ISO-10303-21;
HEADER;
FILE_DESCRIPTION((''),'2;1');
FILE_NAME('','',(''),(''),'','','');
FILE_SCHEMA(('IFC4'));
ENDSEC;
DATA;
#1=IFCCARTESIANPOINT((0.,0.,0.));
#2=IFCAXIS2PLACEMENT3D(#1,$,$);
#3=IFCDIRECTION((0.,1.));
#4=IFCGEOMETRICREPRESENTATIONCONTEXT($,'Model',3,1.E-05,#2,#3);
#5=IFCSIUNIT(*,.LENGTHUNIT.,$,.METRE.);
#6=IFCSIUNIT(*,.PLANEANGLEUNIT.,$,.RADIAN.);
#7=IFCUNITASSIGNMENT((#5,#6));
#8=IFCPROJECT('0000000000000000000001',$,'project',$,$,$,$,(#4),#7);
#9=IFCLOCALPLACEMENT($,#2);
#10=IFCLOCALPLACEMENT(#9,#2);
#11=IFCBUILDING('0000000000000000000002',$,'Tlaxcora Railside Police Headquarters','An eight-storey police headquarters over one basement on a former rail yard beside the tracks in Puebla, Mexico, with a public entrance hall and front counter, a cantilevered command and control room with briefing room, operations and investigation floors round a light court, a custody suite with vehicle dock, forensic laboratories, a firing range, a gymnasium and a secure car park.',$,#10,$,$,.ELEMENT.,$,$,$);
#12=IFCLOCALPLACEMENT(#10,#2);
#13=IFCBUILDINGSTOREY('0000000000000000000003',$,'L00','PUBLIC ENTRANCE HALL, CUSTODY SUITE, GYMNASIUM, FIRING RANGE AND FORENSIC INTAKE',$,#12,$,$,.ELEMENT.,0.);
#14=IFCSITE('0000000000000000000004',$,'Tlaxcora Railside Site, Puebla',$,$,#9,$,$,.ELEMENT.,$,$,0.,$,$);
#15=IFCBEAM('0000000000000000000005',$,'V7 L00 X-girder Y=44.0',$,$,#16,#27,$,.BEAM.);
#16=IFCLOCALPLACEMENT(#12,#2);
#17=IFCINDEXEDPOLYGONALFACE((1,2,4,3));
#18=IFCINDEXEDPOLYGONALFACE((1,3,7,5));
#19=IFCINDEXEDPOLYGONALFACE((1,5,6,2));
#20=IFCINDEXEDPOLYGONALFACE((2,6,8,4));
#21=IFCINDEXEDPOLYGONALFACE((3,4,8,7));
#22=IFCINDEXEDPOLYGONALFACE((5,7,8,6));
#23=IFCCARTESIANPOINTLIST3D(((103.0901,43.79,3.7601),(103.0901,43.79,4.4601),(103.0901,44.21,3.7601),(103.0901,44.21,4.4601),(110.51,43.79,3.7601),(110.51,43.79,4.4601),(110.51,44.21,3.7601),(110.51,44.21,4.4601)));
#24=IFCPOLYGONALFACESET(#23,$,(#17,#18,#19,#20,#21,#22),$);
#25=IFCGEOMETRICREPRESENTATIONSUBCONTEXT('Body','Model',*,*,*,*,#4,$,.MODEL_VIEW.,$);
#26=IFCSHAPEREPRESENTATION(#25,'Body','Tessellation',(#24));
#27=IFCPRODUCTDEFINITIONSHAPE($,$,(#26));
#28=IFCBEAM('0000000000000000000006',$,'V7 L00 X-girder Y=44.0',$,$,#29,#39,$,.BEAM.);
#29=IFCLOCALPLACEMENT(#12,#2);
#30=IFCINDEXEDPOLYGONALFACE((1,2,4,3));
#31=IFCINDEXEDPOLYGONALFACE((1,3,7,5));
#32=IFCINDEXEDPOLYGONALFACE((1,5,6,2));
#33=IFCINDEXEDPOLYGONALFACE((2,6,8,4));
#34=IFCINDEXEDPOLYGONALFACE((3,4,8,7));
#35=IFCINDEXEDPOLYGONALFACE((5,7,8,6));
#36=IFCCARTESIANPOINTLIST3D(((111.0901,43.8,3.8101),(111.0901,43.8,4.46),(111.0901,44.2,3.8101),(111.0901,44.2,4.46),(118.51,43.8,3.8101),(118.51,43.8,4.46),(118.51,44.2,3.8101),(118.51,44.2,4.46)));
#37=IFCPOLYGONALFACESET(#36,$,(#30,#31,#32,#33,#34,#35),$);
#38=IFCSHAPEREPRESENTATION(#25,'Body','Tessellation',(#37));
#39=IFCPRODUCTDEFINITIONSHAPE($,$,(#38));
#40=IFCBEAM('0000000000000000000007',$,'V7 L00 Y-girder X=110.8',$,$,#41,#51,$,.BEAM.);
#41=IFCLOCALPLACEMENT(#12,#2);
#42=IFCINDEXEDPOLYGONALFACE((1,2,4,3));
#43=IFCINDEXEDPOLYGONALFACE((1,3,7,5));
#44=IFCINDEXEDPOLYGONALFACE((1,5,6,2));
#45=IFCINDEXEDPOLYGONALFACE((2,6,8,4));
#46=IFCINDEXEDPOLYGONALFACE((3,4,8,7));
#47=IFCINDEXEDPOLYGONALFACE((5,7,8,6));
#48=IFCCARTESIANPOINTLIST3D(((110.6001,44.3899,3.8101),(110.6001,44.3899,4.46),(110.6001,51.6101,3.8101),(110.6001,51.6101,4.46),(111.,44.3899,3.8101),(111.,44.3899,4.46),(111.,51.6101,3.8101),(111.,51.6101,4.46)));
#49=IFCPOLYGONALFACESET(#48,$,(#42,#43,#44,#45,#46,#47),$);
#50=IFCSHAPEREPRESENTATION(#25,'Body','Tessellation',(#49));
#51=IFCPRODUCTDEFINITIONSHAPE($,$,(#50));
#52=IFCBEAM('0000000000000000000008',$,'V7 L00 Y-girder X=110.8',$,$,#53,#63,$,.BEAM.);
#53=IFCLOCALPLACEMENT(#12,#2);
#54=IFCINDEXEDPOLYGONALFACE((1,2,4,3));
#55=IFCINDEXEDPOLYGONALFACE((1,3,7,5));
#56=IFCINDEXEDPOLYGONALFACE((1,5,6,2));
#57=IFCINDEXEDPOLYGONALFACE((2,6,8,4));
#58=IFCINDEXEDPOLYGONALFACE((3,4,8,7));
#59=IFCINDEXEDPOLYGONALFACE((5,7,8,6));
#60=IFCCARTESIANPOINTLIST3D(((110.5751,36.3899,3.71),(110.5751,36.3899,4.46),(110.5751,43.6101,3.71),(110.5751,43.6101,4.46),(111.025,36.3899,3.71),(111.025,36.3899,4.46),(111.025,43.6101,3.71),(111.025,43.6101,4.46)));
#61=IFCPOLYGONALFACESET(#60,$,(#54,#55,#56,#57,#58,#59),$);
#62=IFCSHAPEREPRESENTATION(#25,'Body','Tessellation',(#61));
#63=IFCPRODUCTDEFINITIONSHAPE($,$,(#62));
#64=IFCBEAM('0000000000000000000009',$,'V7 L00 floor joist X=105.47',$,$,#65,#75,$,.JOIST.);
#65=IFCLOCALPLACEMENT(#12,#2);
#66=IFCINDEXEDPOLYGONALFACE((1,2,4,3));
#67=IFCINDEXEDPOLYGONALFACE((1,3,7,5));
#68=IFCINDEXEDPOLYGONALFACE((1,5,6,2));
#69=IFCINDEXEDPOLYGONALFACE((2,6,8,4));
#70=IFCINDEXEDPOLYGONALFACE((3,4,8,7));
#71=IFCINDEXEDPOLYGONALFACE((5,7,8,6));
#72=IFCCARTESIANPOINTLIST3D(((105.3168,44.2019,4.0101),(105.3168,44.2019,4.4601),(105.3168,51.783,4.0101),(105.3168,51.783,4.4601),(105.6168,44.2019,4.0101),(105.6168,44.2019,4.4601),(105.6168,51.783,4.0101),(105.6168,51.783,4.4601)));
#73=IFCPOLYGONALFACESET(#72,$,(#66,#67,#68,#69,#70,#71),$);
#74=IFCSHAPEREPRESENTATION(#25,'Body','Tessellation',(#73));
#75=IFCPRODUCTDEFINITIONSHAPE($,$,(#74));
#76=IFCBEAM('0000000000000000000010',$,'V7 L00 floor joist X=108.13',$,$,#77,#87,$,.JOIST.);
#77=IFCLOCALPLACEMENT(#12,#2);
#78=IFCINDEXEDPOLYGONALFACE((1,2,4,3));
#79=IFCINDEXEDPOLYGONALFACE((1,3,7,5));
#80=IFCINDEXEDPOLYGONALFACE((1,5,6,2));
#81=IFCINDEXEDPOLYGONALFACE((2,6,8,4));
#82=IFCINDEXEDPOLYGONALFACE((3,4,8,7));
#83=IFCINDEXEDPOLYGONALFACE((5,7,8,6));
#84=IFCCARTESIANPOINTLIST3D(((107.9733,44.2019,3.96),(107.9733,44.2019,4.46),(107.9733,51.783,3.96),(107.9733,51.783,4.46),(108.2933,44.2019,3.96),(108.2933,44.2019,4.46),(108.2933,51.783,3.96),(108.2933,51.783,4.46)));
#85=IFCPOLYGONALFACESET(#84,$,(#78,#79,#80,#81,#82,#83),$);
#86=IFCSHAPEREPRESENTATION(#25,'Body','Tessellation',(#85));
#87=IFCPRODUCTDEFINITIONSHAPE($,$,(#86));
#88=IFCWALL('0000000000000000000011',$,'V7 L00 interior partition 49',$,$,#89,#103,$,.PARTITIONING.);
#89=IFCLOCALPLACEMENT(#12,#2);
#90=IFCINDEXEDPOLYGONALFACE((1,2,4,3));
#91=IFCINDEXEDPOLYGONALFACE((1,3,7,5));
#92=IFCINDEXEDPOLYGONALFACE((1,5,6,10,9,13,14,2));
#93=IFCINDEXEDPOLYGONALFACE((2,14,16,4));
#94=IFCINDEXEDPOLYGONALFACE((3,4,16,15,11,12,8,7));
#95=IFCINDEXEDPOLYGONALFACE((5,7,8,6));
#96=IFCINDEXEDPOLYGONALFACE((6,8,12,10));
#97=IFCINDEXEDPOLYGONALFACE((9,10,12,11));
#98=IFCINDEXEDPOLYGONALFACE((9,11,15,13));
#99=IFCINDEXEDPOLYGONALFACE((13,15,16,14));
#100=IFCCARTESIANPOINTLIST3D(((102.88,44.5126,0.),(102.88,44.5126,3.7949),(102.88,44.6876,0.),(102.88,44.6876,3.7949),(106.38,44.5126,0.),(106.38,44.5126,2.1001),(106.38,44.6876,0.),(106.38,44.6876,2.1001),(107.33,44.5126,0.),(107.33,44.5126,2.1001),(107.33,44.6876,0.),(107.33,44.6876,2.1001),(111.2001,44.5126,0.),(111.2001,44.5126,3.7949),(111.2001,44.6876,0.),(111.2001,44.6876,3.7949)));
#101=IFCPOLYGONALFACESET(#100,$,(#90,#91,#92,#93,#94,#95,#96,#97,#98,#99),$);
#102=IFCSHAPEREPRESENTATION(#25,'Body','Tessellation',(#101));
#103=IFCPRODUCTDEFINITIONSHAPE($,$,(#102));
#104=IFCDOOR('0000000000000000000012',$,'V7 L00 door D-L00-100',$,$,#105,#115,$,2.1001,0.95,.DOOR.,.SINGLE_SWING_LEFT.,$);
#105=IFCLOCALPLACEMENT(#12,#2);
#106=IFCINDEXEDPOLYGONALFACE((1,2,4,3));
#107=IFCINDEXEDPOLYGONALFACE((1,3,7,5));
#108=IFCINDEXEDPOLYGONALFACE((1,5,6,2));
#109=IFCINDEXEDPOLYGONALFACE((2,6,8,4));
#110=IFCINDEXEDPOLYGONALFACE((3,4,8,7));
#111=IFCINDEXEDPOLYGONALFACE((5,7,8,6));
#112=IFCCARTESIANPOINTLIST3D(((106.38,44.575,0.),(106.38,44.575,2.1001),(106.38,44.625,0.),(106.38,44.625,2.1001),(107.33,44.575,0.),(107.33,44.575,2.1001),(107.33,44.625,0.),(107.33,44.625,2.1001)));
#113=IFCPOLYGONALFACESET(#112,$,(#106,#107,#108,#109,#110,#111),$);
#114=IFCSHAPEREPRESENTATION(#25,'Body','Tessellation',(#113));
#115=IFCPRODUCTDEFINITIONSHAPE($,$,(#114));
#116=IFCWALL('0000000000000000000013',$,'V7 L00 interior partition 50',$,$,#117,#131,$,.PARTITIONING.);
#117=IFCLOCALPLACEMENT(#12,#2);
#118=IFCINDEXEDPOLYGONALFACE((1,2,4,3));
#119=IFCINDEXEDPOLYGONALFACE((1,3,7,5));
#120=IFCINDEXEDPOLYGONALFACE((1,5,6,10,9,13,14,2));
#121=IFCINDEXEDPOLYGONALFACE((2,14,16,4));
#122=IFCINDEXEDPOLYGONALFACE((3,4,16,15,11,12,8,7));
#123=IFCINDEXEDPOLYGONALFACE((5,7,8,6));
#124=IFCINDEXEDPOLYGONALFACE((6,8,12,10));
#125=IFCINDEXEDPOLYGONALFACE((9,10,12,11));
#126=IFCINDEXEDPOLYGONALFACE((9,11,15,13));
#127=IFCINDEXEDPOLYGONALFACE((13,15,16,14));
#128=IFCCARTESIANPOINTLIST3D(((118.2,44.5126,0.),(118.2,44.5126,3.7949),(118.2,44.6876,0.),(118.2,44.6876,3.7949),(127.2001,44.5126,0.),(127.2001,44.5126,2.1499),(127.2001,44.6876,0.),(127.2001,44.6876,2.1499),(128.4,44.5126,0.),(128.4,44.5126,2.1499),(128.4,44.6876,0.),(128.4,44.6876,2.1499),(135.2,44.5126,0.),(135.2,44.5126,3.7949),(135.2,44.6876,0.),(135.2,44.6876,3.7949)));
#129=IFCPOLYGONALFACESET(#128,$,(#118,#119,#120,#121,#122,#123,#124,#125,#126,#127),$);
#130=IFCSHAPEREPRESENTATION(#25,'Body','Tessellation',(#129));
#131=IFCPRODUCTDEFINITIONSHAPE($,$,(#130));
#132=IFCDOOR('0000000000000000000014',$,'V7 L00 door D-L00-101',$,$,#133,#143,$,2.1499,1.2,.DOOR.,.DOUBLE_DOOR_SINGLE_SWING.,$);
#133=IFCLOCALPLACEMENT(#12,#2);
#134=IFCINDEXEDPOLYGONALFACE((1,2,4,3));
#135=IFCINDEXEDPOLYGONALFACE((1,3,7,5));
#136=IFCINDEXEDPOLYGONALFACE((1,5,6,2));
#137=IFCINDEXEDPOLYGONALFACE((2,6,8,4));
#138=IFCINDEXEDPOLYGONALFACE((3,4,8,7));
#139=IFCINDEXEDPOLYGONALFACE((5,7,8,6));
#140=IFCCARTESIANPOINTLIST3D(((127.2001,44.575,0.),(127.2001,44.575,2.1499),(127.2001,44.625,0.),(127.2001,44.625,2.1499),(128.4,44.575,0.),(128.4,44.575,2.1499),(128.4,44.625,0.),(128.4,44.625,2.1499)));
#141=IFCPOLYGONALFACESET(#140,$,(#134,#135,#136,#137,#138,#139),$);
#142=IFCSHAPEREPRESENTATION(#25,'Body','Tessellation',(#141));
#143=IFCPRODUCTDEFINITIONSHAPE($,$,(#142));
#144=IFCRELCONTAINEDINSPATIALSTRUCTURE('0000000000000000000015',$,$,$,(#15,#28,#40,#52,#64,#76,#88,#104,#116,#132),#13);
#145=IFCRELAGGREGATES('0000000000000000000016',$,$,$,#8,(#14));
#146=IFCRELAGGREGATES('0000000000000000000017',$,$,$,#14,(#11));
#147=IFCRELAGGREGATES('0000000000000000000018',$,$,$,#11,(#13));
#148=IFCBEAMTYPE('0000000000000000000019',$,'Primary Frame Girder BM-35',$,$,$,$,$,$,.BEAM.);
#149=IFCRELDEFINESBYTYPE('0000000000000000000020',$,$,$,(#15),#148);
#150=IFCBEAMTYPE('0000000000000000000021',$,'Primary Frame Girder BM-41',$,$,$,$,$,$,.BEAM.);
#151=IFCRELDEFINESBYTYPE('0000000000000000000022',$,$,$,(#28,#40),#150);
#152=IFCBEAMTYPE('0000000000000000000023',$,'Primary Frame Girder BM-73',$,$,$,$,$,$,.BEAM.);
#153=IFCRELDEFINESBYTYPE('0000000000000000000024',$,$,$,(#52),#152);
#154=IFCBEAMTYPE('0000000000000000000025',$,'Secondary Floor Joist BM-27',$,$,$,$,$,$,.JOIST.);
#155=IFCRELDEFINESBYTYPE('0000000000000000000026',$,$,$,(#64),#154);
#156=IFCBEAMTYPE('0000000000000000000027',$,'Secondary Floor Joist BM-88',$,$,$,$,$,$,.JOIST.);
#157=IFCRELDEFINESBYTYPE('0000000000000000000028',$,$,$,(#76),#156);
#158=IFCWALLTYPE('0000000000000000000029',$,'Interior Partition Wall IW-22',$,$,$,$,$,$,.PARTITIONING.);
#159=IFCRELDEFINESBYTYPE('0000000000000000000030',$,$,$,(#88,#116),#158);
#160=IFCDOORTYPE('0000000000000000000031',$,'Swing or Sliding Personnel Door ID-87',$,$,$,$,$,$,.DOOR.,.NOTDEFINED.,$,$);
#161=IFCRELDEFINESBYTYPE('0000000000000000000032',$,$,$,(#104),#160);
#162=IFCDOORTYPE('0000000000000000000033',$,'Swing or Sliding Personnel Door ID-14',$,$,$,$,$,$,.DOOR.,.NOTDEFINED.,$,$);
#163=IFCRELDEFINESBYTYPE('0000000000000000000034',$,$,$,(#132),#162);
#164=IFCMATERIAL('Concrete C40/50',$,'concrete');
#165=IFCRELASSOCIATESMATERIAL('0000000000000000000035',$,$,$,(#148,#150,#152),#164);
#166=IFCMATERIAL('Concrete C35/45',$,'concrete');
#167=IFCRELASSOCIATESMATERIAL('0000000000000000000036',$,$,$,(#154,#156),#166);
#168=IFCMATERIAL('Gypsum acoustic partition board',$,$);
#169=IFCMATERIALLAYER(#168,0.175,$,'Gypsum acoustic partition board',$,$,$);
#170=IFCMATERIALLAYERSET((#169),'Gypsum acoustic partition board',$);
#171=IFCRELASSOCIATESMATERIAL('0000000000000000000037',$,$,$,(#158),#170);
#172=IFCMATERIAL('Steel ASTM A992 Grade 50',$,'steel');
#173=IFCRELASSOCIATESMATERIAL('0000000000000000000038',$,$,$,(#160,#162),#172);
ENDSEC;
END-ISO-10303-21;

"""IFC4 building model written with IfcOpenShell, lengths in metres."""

from ifc_helpers import new_model, si_unit, direction, frame, frame_2d, origin, origin_2d, place, context, subcontext, project, spatial, rectangle, extrude, material, layer, layer_set, material_profile, profile_set, type_object, element, fill, save


model = new_model("IFC4")

# Units and contexts
model_context = context("Model", 3, precision=1e-05, world=origin(), true_north=direction((0.0, 1.0)))
body_context = subcontext(model_context, "Body", "Model", "MODEL_VIEW")
ifc_project = project(units=[si_unit("LENGTHUNIT", "METRE"), si_unit("PLANEANGLEUNIT", "RADIAN")], contexts=[model_context])

# Site, building, storey
site_placement = place(None, origin())
site = spatial("IfcSite", under=ifc_project, at=site_placement, Name="Tlaxcora Railside Site, Puebla", CompositionType="ELEMENT", RefElevation=0.0)
building_placement = place(site_placement, origin())
building = spatial("IfcBuilding", under=site, at=building_placement, Name="Tlaxcora Railside Police Headquarters", Description="An eight-storey police headquarters over one basement on a former rail yard beside the tracks in Puebla, Mexico, with a public entrance hall and front counter, a cantilevered command and control room with briefing room, operations and investigation floors round a light court, a custody suite with vehicle dock, forensic laboratories, a firing range, a gymnasium and a secure car park.", CompositionType="ELEMENT")
storey_placement = place(building_placement, origin())
storey = spatial("IfcBuildingStorey", under=building, at=storey_placement, Name="L00", Description="PUBLIC ENTRANCE HALL, CUSTODY SUITE, GYMNASIUM, FIRING RANGE AND FORENSIC INTAKE", CompositionType="ELEMENT", Elevation=0.0)

# Shared definitions
ifc_material_1 = material(Name="Concrete C35/45", Category="concrete")

# Shared definitions
ifc_material_2 = material(Name="Concrete C40/50", Category="concrete")

# Beams
ifc_material_profile_1 = material_profile(ifc_material_2, rectangle(XDim=0.4199, YDim=0.7, at=origin_2d()), Name="RC420X700")
ifc_profile_set_1 = profile_set([ifc_material_profile_1], Name="Concrete C40/50")
beam_type_1 = type_object("IfcBeamType", Name="Primary Frame Girder BM-35", PredefinedType="BEAM", material=ifc_profile_set_1)
beam_1_placement = place(storey_placement, frame((103.0901, 44.0, 4.1101), z_axis=(1.0, 0.0, 0.0), x_axis=(0.0, 1.0, 0.0)))
element("IfcBeam", 1, at=beam_1_placement, inside=storey, type_object=beam_type_1, Name="V7 L00 X-girder Y=44.0", PredefinedType="BEAM", context=body_context, shape_type="SweptSolid", body=[
    extrude(rectangle(XDim=0.4199, YDim=0.7, at=origin_2d()), origin(), (0.0, 0.0, 1.0), 7.4199),
])
ifc_material_profile_2 = material_profile(ifc_material_2, rectangle(XDim=0.3999, YDim=0.6499, at=origin_2d()), Name="RC400X650")
ifc_profile_set_2 = profile_set([ifc_material_profile_2], Name="Concrete C40/50")
beam_type_2 = type_object("IfcBeamType", Name="Primary Frame Girder BM-41", PredefinedType="BEAM", material=ifc_profile_set_2)
beam_2_placement = place(storey_placement, frame((111.0901, 44.0, 4.135), z_axis=(1.0, 0.0, 0.0), x_axis=(0.0, 1.0, 0.0)))
element("IfcBeam", 2, at=beam_2_placement, inside=storey, type_object=beam_type_2, Name="V7 L00 X-girder Y=44.0", PredefinedType="BEAM", context=body_context, shape_type="SweptSolid", body=[
    extrude(rectangle(XDim=0.3999, YDim=0.6499, at=origin_2d()), origin(), (0.0, 0.0, 1.0), 7.4199),
])
beam_3_placement = place(storey_placement, frame((110.8, 44.3899, 4.135), z_axis=(0.0, 1.0, 0.0), x_axis=(-1.0, 0.0, 0.0)))
element("IfcBeam", 3, at=beam_3_placement, inside=storey, type_object=beam_type_2, Name="V7 L00 Y-girder X=110.8", PredefinedType="BEAM", context=body_context, shape_type="SweptSolid", body=[
    extrude(rectangle(XDim=0.3999, YDim=0.6499, at=origin_2d()), origin(), (0.0, 0.0, 1.0), 7.2202),
])
ifc_material_profile_3 = material_profile(ifc_material_2, rectangle(XDim=0.45, YDim=0.75, at=origin_2d()), Name="RC450X750")
ifc_profile_set_3 = profile_set([ifc_material_profile_3], Name="Concrete C40/50")
beam_type_3 = type_object("IfcBeamType", Name="Primary Frame Girder BM-73", PredefinedType="BEAM", material=ifc_profile_set_3)
beam_4_placement = place(storey_placement, frame((110.8, 36.3899, 4.085), z_axis=(0.0, 1.0, 0.0), x_axis=(-1.0, 0.0, 0.0)))
element("IfcBeam", 4, at=beam_4_placement, inside=storey, type_object=beam_type_3, Name="V7 L00 Y-girder X=110.8", PredefinedType="BEAM", context=body_context, shape_type="SweptSolid", body=[
    extrude(rectangle(XDim=0.45, YDim=0.75, at=origin_2d()), origin(), (0.0, 0.0, 1.0), 7.2202),
])
ifc_material_profile_4 = material_profile(ifc_material_1, rectangle(XDim=0.3, YDim=0.45, at=origin_2d()), Name="RC300X450")
ifc_profile_set_4 = profile_set([ifc_material_profile_4], Name="Concrete C35/45")
beam_type_4 = type_object("IfcBeamType", Name="Secondary Floor Joist BM-27", PredefinedType="JOIST", material=ifc_profile_set_4)
beam_5_placement = place(storey_placement, frame((105.4668, 44.2019, 4.2351), z_axis=(0.0, 1.0, 0.0), x_axis=(-1.0, 0.0, 0.0)))
element("IfcBeam", 5, at=beam_5_placement, inside=storey, type_object=beam_type_4, Name="V7 L00 floor joist X=105.47", PredefinedType="JOIST", context=body_context, shape_type="SweptSolid", body=[
    extrude(rectangle(XDim=0.3, YDim=0.45, at=origin_2d()), origin(), (0.0, 0.0, 1.0), 7.5811),
])
ifc_material_profile_5 = material_profile(ifc_material_1, rectangle(XDim=0.3201, YDim=0.5, at=origin_2d()), Name="RC320X500")
ifc_profile_set_5 = profile_set([ifc_material_profile_5], Name="Concrete C35/45")
beam_type_5 = type_object("IfcBeamType", Name="Secondary Floor Joist BM-88", PredefinedType="JOIST", material=ifc_profile_set_5)
beam_6_placement = place(storey_placement, frame((108.1333, 44.2019, 4.21), z_axis=(0.0, 1.0, 0.0), x_axis=(-1.0, 0.0, 0.0)))
element("IfcBeam", 6, at=beam_6_placement, inside=storey, type_object=beam_type_5, Name="V7 L00 floor joist X=108.13", PredefinedType="JOIST", context=body_context, shape_type="SweptSolid", body=[
    extrude(rectangle(XDim=0.3201, YDim=0.5, at=origin_2d()), origin(), (0.0, 0.0, 1.0), 7.5811),
])

# Walls, openings, doors
ifc_material_3 = material(Name="Gypsum acoustic partition board")
ifc_layer_1 = layer(ifc_material_3, 0.175, Name="Gypsum acoustic partition board")
ifc_layer_set_1 = layer_set([ifc_layer_1], Name="Gypsum acoustic partition board")
wall_type_1 = type_object("IfcWallType", Name="Interior Partition Wall IW-22", PredefinedType="PARTITIONING", material=ifc_layer_set_1)
wall_1_placement = place(storey_placement, frame((102.8799, 44.6001, 0.0), z_axis=(0.0, 0.0, 1.0), x_axis=(1.0, 0.0, 0.0)))
wall_1 = element("IfcWall", 7, at=wall_1_placement, inside=storey, type_object=wall_type_1, Name="V7 L00 interior partition 49", PredefinedType="PARTITIONING", context=body_context, shape_type="SweptSolid", body=[
    extrude(rectangle(XDim=8.3201, YDim=0.175, at=frame_2d((4.1602, 0.0))), origin(), (0.0, 0.0, 1.0), 3.7949),
])
opening_1_placement = place(wall_1_placement, frame((3.5, 0.0, 0.0)))
opening_1 = element("IfcOpeningElement", 8, at=opening_1_placement, cuts=wall_1, PredefinedType="OPENING", context=body_context, shape_type="SweptSolid", body=[
    extrude(rectangle(XDim=0.95, YDim=2.1001, at=frame_2d((0.4751, 1.05))), frame((0.0, 0.0977, 0.0), z_axis=(0.0, -1.0, 0.0), x_axis=(1.0, 0.0, 0.0)), (0.0, 0.0, 1.0), 0.1951),
])
ifc_material_4 = material(Name="Steel ASTM A992 Grade 50", Category="steel")
door_type_1 = type_object("IfcDoorType", Name="Swing or Sliding Personnel Door ID-87", OperationType="NOTDEFINED", PredefinedType="DOOR", material=ifc_material_4)
door_1_placement = place(opening_1_placement, origin())
door_1 = element("IfcDoor", 9, at=door_1_placement, inside=storey, type_object=door_type_1, Name="V7 L00 door D-L00-100", OperationType="SINGLE_SWING_LEFT", OverallHeight=2.1001, OverallWidth=0.95, PredefinedType="DOOR", context=body_context, shape_type="SweptSolid", body=[
    extrude(rectangle(XDim=0.95, YDim=2.1001, at=frame_2d((0.4751, 1.05))), frame((0.0, 0.0249, 0.0), z_axis=(0.0, -1.0, 0.0), x_axis=(1.0, 0.0, 0.0)), (0.0, 0.0, 1.0), 0.05),
])
fill(opening_1, door_1)
wall_2_placement = place(storey_placement, frame((118.2, 44.6001, 0.0), z_axis=(0.0, 0.0, 1.0), x_axis=(1.0, 0.0, 0.0)))
wall_2 = element("IfcWall", 10, at=wall_2_placement, inside=storey, type_object=wall_type_1, Name="V7 L00 interior partition 50", PredefinedType="PARTITIONING", context=body_context, shape_type="SweptSolid", body=[
    extrude(rectangle(XDim=17.0, YDim=0.175, at=frame_2d((8.5, 0.0))), origin(), (0.0, 0.0, 1.0), 3.7949),
])
opening_2_placement = place(wall_2_placement, frame((9.0, 0.0, 0.0)))
opening_2 = element("IfcOpeningElement", 11, at=opening_2_placement, cuts=wall_2, PredefinedType="OPENING", context=body_context, shape_type="SweptSolid", body=[
    extrude(rectangle(XDim=1.2, YDim=2.1499, at=frame_2d((0.6001, 1.075))), frame((0.0, 0.0977, 0.0), z_axis=(0.0, -1.0, 0.0), x_axis=(1.0, 0.0, 0.0)), (0.0, 0.0, 1.0), 0.1951),
])
door_type_2 = type_object("IfcDoorType", Name="Swing or Sliding Personnel Door ID-14", OperationType="NOTDEFINED", PredefinedType="DOOR", material=ifc_material_4)
door_2_placement = place(opening_2_placement, origin())
door_2 = element("IfcDoor", 12, at=door_2_placement, inside=storey, type_object=door_type_2, Name="V7 L00 door D-L00-101", OperationType="DOUBLE_DOOR_SINGLE_SWING", OverallHeight=2.1499, OverallWidth=1.2, PredefinedType="DOOR", context=body_context, shape_type="SweptSolid", body=[
    extrude(rectangle(XDim=1.2, YDim=2.1499, at=frame_2d((0.6001, 1.075))), frame((0.0, 0.0249, 0.0), z_axis=(0.0, -1.0, 0.0), x_axis=(1.0, 0.0, 0.0)), (0.0, 0.0, 1.0), 0.05),
])
fill(opening_2, door_2)

save(model, "model.ifc")
